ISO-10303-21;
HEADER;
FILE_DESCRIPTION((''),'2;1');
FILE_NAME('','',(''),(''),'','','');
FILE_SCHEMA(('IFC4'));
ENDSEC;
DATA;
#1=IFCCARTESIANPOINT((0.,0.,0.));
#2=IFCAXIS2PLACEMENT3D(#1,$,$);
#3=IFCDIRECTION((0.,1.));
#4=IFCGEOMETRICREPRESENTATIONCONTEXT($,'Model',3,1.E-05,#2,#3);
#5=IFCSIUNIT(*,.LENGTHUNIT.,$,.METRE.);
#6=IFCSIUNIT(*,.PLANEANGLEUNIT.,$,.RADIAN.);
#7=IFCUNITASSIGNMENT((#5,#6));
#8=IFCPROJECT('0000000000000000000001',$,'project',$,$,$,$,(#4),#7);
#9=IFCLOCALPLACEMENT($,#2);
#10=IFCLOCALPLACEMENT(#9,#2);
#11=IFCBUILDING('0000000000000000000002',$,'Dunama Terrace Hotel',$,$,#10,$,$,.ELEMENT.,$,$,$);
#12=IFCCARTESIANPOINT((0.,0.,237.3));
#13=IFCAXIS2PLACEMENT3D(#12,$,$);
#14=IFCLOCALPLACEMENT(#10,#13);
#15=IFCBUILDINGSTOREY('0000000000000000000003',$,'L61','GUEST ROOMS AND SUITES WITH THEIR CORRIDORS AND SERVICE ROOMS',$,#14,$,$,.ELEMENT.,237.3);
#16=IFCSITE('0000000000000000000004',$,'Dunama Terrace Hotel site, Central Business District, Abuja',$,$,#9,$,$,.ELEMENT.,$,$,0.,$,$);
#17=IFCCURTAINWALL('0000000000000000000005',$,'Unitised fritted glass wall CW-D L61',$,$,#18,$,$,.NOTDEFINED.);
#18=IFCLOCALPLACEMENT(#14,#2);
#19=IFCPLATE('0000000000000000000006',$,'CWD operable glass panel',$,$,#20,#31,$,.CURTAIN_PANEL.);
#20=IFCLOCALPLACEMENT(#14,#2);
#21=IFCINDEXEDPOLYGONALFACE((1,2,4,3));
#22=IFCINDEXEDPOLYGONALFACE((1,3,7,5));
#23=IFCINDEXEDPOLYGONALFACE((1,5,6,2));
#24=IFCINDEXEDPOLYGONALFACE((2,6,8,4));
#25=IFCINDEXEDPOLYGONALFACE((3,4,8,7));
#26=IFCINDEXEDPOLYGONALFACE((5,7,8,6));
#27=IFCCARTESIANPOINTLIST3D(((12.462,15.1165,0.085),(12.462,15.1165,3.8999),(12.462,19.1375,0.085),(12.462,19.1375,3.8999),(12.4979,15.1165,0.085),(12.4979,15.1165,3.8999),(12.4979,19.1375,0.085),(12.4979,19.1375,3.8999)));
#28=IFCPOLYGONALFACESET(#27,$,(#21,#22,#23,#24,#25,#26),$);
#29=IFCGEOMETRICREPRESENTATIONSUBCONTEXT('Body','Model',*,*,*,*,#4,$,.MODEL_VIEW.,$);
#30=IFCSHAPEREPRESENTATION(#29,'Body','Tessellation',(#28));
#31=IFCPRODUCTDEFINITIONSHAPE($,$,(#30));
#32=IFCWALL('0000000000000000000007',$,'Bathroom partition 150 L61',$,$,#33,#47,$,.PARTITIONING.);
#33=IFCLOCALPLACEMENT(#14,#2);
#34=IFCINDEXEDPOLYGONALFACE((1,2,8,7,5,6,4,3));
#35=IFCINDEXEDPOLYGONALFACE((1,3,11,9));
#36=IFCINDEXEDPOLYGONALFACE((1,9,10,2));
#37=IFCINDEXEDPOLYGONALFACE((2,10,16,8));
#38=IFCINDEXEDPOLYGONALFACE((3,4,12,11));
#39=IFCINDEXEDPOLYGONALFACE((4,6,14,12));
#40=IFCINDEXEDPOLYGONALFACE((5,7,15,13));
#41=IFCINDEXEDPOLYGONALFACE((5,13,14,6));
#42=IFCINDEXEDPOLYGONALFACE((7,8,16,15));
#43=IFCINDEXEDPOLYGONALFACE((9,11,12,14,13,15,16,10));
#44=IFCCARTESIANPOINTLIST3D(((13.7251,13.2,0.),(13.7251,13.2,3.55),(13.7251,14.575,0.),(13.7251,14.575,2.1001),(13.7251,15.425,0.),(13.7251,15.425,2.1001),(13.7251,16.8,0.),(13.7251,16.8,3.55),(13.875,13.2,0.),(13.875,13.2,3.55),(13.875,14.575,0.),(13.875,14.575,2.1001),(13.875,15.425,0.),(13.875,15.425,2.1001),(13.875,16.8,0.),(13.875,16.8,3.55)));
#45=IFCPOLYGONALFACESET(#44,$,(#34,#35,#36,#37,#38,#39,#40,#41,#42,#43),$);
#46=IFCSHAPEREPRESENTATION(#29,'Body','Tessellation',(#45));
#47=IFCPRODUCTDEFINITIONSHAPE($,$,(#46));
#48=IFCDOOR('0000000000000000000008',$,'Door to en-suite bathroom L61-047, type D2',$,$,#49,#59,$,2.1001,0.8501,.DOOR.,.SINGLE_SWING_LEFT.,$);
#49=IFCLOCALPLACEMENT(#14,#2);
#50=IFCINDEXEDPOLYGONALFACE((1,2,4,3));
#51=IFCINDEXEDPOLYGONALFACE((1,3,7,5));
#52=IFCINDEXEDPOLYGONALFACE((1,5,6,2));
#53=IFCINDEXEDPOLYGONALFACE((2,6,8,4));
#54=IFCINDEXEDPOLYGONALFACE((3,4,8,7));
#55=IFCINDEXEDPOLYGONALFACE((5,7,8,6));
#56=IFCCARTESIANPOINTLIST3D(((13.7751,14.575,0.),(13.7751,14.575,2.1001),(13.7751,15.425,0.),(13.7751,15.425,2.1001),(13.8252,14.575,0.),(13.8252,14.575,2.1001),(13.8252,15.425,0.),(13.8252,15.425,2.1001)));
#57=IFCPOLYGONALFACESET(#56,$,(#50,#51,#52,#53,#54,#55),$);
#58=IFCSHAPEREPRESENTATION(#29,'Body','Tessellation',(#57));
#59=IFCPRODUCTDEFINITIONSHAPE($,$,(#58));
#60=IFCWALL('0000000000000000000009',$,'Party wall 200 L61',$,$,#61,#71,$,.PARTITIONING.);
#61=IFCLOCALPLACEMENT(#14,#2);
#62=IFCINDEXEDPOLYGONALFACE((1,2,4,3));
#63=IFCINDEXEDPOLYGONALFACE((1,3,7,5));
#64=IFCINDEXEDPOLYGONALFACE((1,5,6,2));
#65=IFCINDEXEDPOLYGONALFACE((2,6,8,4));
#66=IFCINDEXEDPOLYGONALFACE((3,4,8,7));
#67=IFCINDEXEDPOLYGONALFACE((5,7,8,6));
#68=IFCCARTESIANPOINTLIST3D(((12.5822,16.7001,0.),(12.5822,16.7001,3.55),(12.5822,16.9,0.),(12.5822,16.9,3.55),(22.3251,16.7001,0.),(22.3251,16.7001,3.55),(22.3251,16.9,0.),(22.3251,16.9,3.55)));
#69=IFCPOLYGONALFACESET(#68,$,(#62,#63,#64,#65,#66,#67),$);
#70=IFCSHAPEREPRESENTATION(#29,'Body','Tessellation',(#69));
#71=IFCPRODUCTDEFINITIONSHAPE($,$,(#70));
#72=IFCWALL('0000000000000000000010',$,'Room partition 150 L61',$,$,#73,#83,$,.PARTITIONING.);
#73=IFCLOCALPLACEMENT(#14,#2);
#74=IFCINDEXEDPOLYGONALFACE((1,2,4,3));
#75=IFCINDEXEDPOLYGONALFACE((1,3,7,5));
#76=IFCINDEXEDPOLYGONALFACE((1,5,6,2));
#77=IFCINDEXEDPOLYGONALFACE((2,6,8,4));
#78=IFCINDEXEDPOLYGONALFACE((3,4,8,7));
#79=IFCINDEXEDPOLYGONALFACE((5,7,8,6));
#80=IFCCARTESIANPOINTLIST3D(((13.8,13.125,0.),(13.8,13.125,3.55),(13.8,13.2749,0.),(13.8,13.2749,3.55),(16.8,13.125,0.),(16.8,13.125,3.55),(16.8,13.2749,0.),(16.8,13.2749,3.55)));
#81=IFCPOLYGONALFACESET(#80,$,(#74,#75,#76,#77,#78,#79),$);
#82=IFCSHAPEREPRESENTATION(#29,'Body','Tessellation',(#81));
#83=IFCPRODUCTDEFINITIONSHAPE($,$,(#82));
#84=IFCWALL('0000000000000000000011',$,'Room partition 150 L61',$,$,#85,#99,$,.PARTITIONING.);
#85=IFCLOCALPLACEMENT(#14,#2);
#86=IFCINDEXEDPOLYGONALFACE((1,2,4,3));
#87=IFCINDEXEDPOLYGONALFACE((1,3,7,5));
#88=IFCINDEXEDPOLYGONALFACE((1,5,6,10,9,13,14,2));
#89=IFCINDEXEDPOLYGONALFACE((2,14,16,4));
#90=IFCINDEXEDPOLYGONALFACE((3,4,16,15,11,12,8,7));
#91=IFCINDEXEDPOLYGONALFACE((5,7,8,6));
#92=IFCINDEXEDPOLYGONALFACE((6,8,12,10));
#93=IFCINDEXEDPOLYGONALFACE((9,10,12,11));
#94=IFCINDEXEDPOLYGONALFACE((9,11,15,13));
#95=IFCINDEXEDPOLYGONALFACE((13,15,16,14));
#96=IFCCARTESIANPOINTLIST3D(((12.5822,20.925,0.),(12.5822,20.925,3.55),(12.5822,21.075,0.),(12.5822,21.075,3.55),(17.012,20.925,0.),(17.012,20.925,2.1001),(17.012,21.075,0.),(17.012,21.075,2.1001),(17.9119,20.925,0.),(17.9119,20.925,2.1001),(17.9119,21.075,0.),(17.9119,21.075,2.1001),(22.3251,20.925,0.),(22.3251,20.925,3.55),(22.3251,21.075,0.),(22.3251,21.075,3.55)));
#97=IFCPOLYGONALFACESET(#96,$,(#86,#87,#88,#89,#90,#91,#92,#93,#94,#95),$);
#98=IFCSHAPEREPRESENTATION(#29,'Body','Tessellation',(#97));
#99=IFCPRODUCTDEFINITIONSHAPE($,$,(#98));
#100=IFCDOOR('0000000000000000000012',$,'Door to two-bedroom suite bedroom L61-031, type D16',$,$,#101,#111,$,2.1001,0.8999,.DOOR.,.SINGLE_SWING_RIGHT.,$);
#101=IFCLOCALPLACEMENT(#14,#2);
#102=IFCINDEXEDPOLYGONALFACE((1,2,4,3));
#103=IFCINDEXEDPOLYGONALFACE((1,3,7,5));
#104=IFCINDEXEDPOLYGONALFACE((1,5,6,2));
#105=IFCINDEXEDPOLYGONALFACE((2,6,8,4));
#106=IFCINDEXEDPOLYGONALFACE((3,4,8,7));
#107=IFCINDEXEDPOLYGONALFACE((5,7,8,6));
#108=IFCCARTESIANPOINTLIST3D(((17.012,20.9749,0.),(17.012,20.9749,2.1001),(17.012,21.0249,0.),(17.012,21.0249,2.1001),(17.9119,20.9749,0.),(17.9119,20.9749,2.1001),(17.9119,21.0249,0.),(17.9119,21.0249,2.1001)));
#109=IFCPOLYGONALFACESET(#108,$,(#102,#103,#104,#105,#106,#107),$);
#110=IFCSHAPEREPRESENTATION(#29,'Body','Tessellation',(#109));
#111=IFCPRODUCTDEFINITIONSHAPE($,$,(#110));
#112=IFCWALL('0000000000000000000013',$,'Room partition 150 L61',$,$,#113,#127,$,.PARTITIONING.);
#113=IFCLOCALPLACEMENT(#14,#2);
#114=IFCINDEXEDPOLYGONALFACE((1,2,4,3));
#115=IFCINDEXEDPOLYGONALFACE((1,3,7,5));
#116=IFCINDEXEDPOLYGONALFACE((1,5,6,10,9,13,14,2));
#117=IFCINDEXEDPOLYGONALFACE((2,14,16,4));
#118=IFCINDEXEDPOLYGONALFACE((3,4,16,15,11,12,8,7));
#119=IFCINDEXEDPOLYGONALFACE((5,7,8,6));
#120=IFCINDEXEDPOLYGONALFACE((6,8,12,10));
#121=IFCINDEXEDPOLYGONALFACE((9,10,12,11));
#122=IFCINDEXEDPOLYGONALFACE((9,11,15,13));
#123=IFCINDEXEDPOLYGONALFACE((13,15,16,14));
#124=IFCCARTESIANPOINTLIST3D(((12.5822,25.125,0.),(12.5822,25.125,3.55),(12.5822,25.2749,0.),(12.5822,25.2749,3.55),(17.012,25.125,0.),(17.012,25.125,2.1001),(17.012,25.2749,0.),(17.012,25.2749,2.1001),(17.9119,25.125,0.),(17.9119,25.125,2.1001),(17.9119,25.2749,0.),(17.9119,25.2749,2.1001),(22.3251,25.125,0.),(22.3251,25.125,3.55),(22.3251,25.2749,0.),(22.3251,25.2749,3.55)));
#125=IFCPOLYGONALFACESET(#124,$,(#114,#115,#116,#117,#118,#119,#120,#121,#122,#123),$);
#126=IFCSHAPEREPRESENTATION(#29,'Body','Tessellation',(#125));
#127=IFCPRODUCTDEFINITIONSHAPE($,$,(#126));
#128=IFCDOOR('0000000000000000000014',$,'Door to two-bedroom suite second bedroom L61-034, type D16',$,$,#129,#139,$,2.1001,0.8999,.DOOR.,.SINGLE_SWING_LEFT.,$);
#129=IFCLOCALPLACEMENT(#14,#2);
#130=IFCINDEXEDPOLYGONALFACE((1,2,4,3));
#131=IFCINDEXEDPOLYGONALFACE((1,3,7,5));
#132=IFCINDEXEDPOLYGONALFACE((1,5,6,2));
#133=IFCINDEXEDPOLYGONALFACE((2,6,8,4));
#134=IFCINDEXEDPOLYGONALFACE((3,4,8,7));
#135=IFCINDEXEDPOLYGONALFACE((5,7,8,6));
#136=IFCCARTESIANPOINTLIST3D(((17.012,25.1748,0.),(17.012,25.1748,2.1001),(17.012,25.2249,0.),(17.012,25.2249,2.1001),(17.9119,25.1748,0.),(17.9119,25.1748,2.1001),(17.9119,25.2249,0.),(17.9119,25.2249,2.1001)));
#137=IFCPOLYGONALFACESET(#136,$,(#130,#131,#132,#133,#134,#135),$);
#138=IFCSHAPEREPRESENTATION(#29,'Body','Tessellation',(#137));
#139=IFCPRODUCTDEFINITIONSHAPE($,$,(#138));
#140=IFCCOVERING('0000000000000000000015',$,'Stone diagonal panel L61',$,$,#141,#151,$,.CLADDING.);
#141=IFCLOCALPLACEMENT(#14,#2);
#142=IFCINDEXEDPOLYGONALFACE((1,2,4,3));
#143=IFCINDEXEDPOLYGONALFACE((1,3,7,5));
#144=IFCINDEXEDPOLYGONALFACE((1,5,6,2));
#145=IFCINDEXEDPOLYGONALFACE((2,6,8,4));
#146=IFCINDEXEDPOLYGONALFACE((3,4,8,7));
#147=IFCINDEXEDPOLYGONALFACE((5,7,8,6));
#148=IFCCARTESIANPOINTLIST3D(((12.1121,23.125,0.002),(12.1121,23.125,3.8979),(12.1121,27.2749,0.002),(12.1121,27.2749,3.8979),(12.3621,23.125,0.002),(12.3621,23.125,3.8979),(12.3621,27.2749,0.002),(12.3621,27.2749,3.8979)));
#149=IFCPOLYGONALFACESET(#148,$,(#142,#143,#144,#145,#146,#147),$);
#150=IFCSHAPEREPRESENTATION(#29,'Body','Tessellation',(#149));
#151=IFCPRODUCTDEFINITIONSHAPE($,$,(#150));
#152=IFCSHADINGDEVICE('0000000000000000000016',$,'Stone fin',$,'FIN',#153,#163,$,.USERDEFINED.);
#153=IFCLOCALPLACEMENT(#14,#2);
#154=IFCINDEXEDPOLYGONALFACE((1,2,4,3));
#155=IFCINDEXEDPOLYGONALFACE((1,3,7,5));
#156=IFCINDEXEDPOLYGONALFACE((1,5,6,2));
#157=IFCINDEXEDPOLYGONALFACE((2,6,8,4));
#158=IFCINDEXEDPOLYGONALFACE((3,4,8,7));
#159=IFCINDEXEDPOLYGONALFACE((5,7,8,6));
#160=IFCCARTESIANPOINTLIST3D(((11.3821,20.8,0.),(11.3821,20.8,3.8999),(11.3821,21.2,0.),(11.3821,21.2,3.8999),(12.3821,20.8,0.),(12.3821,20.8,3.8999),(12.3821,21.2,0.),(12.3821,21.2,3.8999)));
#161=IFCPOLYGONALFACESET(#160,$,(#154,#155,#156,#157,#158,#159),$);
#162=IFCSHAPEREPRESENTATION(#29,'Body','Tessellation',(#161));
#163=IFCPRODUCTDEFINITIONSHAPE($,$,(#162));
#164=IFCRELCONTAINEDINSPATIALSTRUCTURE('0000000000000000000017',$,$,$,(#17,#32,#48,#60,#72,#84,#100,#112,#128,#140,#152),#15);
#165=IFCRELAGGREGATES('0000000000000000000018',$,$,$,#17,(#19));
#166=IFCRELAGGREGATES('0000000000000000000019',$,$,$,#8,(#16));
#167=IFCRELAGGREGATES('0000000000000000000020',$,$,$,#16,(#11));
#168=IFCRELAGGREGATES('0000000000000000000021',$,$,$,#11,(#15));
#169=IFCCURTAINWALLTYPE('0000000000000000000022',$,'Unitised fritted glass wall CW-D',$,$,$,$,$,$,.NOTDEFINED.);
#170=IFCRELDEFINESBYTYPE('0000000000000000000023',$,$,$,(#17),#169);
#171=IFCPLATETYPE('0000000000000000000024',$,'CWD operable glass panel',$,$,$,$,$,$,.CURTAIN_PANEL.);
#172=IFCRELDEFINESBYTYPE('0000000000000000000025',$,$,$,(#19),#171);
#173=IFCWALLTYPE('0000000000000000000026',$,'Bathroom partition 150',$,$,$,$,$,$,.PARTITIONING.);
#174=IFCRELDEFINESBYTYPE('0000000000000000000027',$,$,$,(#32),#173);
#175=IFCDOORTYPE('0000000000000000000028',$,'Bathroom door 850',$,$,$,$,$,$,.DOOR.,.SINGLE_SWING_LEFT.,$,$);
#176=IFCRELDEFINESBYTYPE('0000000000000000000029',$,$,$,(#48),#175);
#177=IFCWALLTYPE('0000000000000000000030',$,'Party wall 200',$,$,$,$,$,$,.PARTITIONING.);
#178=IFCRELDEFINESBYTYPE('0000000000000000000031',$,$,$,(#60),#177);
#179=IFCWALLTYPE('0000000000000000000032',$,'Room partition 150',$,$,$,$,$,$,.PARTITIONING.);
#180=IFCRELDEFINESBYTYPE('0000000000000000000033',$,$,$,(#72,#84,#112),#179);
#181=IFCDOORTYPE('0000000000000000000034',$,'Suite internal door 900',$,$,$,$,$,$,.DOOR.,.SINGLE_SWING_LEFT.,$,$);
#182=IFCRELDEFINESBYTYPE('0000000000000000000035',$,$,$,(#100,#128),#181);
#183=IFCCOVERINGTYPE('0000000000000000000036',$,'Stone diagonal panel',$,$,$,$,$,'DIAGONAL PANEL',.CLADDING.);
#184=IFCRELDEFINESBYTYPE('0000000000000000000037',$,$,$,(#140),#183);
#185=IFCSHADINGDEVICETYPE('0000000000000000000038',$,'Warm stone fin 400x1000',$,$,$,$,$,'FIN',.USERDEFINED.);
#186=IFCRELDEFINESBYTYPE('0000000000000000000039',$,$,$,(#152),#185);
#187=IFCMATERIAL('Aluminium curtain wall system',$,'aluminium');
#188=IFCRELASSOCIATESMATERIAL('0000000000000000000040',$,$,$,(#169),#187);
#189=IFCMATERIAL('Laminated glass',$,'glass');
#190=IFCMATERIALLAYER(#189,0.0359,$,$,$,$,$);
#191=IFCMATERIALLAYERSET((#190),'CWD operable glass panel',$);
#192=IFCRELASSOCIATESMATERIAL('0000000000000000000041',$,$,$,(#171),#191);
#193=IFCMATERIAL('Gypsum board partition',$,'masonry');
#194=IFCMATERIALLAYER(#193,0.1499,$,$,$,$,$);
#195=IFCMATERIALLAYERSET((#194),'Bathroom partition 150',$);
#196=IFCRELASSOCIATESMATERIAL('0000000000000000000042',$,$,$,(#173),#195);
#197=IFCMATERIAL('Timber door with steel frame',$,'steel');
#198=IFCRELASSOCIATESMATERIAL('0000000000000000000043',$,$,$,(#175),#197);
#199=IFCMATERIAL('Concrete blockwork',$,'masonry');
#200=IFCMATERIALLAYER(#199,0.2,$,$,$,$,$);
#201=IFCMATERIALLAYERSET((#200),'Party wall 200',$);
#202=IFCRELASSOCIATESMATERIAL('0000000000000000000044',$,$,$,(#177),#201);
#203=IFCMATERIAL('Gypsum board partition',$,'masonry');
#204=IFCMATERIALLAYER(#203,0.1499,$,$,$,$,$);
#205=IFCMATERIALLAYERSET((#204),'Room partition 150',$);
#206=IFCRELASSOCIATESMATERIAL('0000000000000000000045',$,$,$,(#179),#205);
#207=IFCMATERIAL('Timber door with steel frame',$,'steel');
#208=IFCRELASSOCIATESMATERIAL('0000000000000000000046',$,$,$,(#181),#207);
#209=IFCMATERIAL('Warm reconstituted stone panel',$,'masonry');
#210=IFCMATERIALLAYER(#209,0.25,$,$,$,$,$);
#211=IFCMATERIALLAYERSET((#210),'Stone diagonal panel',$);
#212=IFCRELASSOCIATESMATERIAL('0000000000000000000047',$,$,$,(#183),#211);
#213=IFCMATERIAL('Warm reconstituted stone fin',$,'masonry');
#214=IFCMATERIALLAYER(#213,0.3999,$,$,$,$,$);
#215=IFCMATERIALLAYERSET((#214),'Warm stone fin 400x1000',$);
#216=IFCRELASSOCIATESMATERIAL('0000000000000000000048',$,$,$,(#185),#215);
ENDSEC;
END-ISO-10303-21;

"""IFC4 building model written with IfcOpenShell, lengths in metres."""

from ifc_helpers import new_model, si_unit, direction, frame, frame_2d, origin, origin_2d, place, context, subcontext, project, spatial, rectangle, extrude, material, layer, layer_set, type_object, element, fill, aggregate, save


model = new_model("IFC4")

# Units and contexts
model_context = context("Model", 3, precision=1e-05, world=origin(), true_north=direction((0.0, 1.0)))
body_context = subcontext(model_context, "Body", "Model", "MODEL_VIEW")
ifc_project = project(units=[si_unit("LENGTHUNIT", "METRE"), si_unit("PLANEANGLEUNIT", "RADIAN")], contexts=[model_context])

# Site, building, storey
site_placement = place(None, origin())
site = spatial("IfcSite", under=ifc_project, at=site_placement, Name="Dunama Terrace Hotel site, Central Business District, Abuja", CompositionType="ELEMENT", RefElevation=0.0)
building_placement = place(site_placement, origin())
building = spatial("IfcBuilding", under=site, at=building_placement, Name="Dunama Terrace Hotel", CompositionType="ELEMENT")
storey_placement = place(building_placement, frame((0.0, 0.0, 237.3)))
storey = spatial("IfcBuildingStorey", under=building, at=storey_placement, Name="L61", Description="GUEST ROOMS AND SUITES WITH THEIR CORRIDORS AND SERVICE ROOMS", CompositionType="ELEMENT", Elevation=237.3)

# Curtain wall
ifc_material_1 = material(Name="Aluminium curtain wall system", Category="aluminium")
curtain_wall_type = type_object("IfcCurtainWallType", Name="Unitised fritted glass wall CW-D", PredefinedType="NOTDEFINED", material=ifc_material_1)
curtain_wall_placement = place(storey_placement, origin())
curtain_wall = element("IfcCurtainWall", 1, at=curtain_wall_placement, inside=storey, type_object=curtain_wall_type, Name="Unitised fritted glass wall CW-D L61", PredefinedType="NOTDEFINED")

# Plate
ifc_material_2 = material(Name="Laminated glass", Category="glass")
ifc_layer_1 = layer(ifc_material_2, 0.0359)
ifc_layer_set_1 = layer_set([ifc_layer_1], Name="CWD operable glass panel")
plate_type_1 = type_object("IfcPlateType", Name="CWD operable glass panel", PredefinedType="CURTAIN_PANEL", material=ifc_layer_set_1)
plate_1_placement = place(storey_placement, frame((12.48, 17.127, 0.085), z_axis=(0.0, 0.0, 1.0), x_axis=(0.0, -1.0, 0.0)))
plate_1 = element("IfcPlate", 2, at=plate_1_placement, type_object=plate_type_1, Name="CWD operable glass panel", PredefinedType="CURTAIN_PANEL", context=body_context, shape_type="SweptSolid", body=[
    extrude(rectangle(XDim=4.021, YDim=0.0359, at=origin_2d()), origin(), (0.0, 0.0, 1.0), 3.8149),
])
aggregate(curtain_wall, [plate_1])

# Wall, opening, door
ifc_material_3 = material(Name="Gypsum board partition", Category="masonry")
ifc_layer_2 = layer(ifc_material_3, 0.1499)
ifc_layer_set_2 = layer_set([ifc_layer_2], Name="Bathroom partition 150")
wall_type_1 = type_object("IfcWallType", Name="Bathroom partition 150", PredefinedType="PARTITIONING", material=ifc_layer_set_2)
wall_1_placement = place(storey_placement, frame((13.8, 13.2, 0.0), z_axis=(0.0, 0.0, 1.0), x_axis=(0.0, 1.0, 0.0)))
wall_1 = element("IfcWall", 3, at=wall_1_placement, inside=storey, type_object=wall_type_1, Name="Bathroom partition 150 L61", PredefinedType="PARTITIONING", context=body_context, shape_type="SweptSolid", body=[
    extrude(rectangle(XDim=3.6001, YDim=0.1499, at=frame_2d((1.8, 0.0))), origin(), (0.0, 0.0, 1.0), 3.55),
])
opening_1_placement = place(wall_1_placement, frame((1.375, 0.0, 0.0)))
opening_1 = element("IfcOpeningElement", 4, at=opening_1_placement, cuts=wall_1, PredefinedType="OPENING", context=body_context, shape_type="SweptSolid", body=[
    extrude(rectangle(XDim=0.8501, YDim=2.1001, at=frame_2d((0.425, 1.05))), frame((0.0, 0.085, 0.0), z_axis=(0.0, -1.0, 0.0), x_axis=(1.0, 0.0, 0.0)), (0.0, 0.0, 1.0), 0.1699),
])
ifc_material_4 = material(Name="Timber door with steel frame", Category="steel")
door_type_1 = type_object("IfcDoorType", Name="Bathroom door 850", OperationType="SINGLE_SWING_LEFT", PredefinedType="DOOR", material=ifc_material_4)
door_1_placement = place(opening_1_placement, frame((0.8501, 0.0, 0.0), z_axis=(0.0, 0.0, 1.0), x_axis=(-1.0, 0.0, 0.0)))
door_1 = element("IfcDoor", 5, at=door_1_placement, inside=storey, type_object=door_type_1, Name="Door to en-suite bathroom L61-047, type D2", OperationType="SINGLE_SWING_LEFT", OverallHeight=2.1001, OverallWidth=0.8501, PredefinedType="DOOR", context=body_context, shape_type="SweptSolid", body=[
    extrude(rectangle(XDim=0.8501, YDim=2.1001, at=frame_2d((0.425, 1.05))), frame((0.0, 0.0251, 0.0), z_axis=(0.0, -1.0, 0.0), x_axis=(1.0, 0.0, 0.0)), (0.0, 0.0, 1.0), 0.05),
])
fill(opening_1, door_1)

# Walls
ifc_material_5 = material(Name="Concrete blockwork", Category="masonry")
ifc_layer_3 = layer(ifc_material_5, 0.2)
ifc_layer_set_3 = layer_set([ifc_layer_3], Name="Party wall 200")
wall_type_2 = type_object("IfcWallType", Name="Party wall 200", PredefinedType="PARTITIONING", material=ifc_layer_set_3)
wall_2_placement = place(storey_placement, frame((12.582, 16.8, 0.0), z_axis=(0.0, 0.0, 1.0), x_axis=(1.0, 0.0, 0.0)))
element("IfcWall", 6, at=wall_2_placement, inside=storey, type_object=wall_type_2, Name="Party wall 200 L61", PredefinedType="PARTITIONING", context=body_context, shape_type="SweptSolid", body=[
    extrude(rectangle(XDim=9.7429, YDim=0.2, at=frame_2d((4.8716, 0.0))), origin(), (0.0, 0.0, 1.0), 3.55),
])
ifc_material_6 = material(Name="Gypsum board partition", Category="masonry")
ifc_layer_4 = layer(ifc_material_6, 0.1499)
ifc_layer_set_4 = layer_set([ifc_layer_4], Name="Room partition 150")
wall_type_3 = type_object("IfcWallType", Name="Room partition 150", PredefinedType="PARTITIONING", material=ifc_layer_set_4)
wall_3_placement = place(storey_placement, frame((13.8, 13.2, 0.0), z_axis=(0.0, 0.0, 1.0), x_axis=(1.0, 0.0, 0.0)))
element("IfcWall", 7, at=wall_3_placement, inside=storey, type_object=wall_type_3, Name="Room partition 150 L61", PredefinedType="PARTITIONING", context=body_context, shape_type="SweptSolid", body=[
    extrude(rectangle(XDim=3.0, YDim=0.1499, at=frame_2d((1.5, 0.0))), origin(), (0.0, 0.0, 1.0), 3.55),
])

# Walls, openings, doors
wall_4_placement = place(storey_placement, frame((12.582, 21.0, 0.0), z_axis=(0.0, 0.0, 1.0), x_axis=(1.0, 0.0, 0.0)))
wall_4 = element("IfcWall", 8, at=wall_4_placement, inside=storey, type_object=wall_type_3, Name="Room partition 150 L61", PredefinedType="PARTITIONING", context=body_context, shape_type="SweptSolid", body=[
    extrude(rectangle(XDim=9.7429, YDim=0.1499, at=frame_2d((4.8716, 0.0))), origin(), (0.0, 0.0, 1.0), 3.55),
])
opening_2_placement = place(wall_4_placement, frame((4.4299, 0.0, 0.0)))
opening_2 = element("IfcOpeningElement", 9, at=opening_2_placement, cuts=wall_4, PredefinedType="OPENING", context=body_context, shape_type="SweptSolid", body=[
    extrude(rectangle(XDim=0.8999, YDim=2.1001, at=frame_2d((0.45, 1.05))), frame((0.0, 0.085, 0.0), z_axis=(0.0, -1.0, 0.0), x_axis=(1.0, 0.0, 0.0)), (0.0, 0.0, 1.0), 0.1699),
])
ifc_material_7 = material(Name="Timber door with steel frame", Category="steel")
door_type_2 = type_object("IfcDoorType", Name="Suite internal door 900", OperationType="SINGLE_SWING_LEFT", PredefinedType="DOOR", material=ifc_material_7)
door_2_placement = place(opening_2_placement, frame((0.8999, 0.0, 0.0), z_axis=(0.0, 0.0, 1.0), x_axis=(-1.0, 0.0, 0.0)))
door_2 = element("IfcDoor", 10, at=door_2_placement, inside=storey, type_object=door_type_2, Name="Door to two-bedroom suite bedroom L61-031, type D16", OperationType="SINGLE_SWING_RIGHT", OverallHeight=2.1001, OverallWidth=0.8999, PredefinedType="DOOR", context=body_context, shape_type="SweptSolid", body=[
    extrude(rectangle(XDim=0.8999, YDim=2.1001, at=frame_2d((0.45, 1.05))), frame((0.0, 0.0251, 0.0), z_axis=(0.0, -1.0, 0.0), x_axis=(1.0, 0.0, 0.0)), (0.0, 0.0, 1.0), 0.05),
])
fill(opening_2, door_2)
wall_5_placement = place(storey_placement, frame((12.582, 25.2, 0.0), z_axis=(0.0, 0.0, 1.0), x_axis=(1.0, 0.0, 0.0)))
wall_5 = element("IfcWall", 11, at=wall_5_placement, inside=storey, type_object=wall_type_3, Name="Room partition 150 L61", PredefinedType="PARTITIONING", context=body_context, shape_type="SweptSolid", body=[
    extrude(rectangle(XDim=9.7429, YDim=0.1499, at=frame_2d((4.8716, 0.0))), origin(), (0.0, 0.0, 1.0), 3.55),
])
opening_3_placement = place(wall_5_placement, frame((4.4299, 0.0, 0.0)))
opening_3 = element("IfcOpeningElement", 12, at=opening_3_placement, cuts=wall_5, PredefinedType="OPENING", context=body_context, shape_type="SweptSolid", body=[
    extrude(rectangle(XDim=0.8999, YDim=2.1001, at=frame_2d((0.45, 1.05))), frame((0.0, 0.085, 0.0), z_axis=(0.0, -1.0, 0.0), x_axis=(1.0, 0.0, 0.0)), (0.0, 0.0, 1.0), 0.1699),
])
door_3_placement = place(opening_3_placement, origin())
door_3 = element("IfcDoor", 13, at=door_3_placement, inside=storey, type_object=door_type_2, Name="Door to two-bedroom suite second bedroom L61-034, type D16", OperationType="SINGLE_SWING_LEFT", OverallHeight=2.1001, OverallWidth=0.8999, PredefinedType="DOOR", context=body_context, shape_type="SweptSolid", body=[
    extrude(rectangle(XDim=0.8999, YDim=2.1001, at=frame_2d((0.45, 1.05))), frame((0.0, 0.0249, 0.0), z_axis=(0.0, -1.0, 0.0), x_axis=(1.0, 0.0, 0.0)), (0.0, 0.0, 1.0), 0.05),
])
fill(opening_3, door_3)

# Covering
ifc_material_8 = material(Name="Warm reconstituted stone panel", Category="masonry")
ifc_layer_5 = layer(ifc_material_8, 0.25)
ifc_layer_set_5 = layer_set([ifc_layer_5], Name="Stone diagonal panel")
covering_type = type_object("IfcCoveringType", Name="Stone diagonal panel", ElementType="DIAGONAL PANEL", PredefinedType="CLADDING", material=ifc_layer_set_5)
covering_placement = place(storey_placement, frame((12.2371, 25.2, 0.002), z_axis=(0.0, 0.0, 1.0), x_axis=(0.0, -1.0, 0.0)))
element("IfcCovering", 14, at=covering_placement, inside=storey, type_object=covering_type, Name="Stone diagonal panel L61", PredefinedType="CLADDING", context=body_context, shape_type="SweptSolid", body=[
    extrude(rectangle(XDim=4.1499, YDim=0.25, at=origin_2d()), origin(), (0.0, 0.0, 1.0), 3.896),
])

# Shading device
ifc_material_9 = material(Name="Warm reconstituted stone fin", Category="masonry")
ifc_layer_6 = layer(ifc_material_9, 0.3999)
ifc_layer_set_6 = layer_set([ifc_layer_6], Name="Warm stone fin 400x1000")
shading_device_type = type_object("IfcShadingDeviceType", Name="Warm stone fin 400x1000", ElementType="FIN", PredefinedType="USERDEFINED", material=ifc_layer_set_6)
shading_device_placement = place(storey_placement, frame((11.8821, 21.0, 0.0), z_axis=(0.0, 0.0, 1.0), x_axis=(0.0, -1.0, 0.0)))
element("IfcShadingDevice", 15, at=shading_device_placement, inside=storey, type_object=shading_device_type, Name="Stone fin", ObjectType="FIN", PredefinedType="USERDEFINED", context=body_context, shape_type="SweptSolid", body=[
    extrude(rectangle(XDim=0.3999, YDim=1.0, at=origin_2d()), origin(), (0.0, 0.0, 1.0), 3.8999),
])

save(model, "model.ifc")
